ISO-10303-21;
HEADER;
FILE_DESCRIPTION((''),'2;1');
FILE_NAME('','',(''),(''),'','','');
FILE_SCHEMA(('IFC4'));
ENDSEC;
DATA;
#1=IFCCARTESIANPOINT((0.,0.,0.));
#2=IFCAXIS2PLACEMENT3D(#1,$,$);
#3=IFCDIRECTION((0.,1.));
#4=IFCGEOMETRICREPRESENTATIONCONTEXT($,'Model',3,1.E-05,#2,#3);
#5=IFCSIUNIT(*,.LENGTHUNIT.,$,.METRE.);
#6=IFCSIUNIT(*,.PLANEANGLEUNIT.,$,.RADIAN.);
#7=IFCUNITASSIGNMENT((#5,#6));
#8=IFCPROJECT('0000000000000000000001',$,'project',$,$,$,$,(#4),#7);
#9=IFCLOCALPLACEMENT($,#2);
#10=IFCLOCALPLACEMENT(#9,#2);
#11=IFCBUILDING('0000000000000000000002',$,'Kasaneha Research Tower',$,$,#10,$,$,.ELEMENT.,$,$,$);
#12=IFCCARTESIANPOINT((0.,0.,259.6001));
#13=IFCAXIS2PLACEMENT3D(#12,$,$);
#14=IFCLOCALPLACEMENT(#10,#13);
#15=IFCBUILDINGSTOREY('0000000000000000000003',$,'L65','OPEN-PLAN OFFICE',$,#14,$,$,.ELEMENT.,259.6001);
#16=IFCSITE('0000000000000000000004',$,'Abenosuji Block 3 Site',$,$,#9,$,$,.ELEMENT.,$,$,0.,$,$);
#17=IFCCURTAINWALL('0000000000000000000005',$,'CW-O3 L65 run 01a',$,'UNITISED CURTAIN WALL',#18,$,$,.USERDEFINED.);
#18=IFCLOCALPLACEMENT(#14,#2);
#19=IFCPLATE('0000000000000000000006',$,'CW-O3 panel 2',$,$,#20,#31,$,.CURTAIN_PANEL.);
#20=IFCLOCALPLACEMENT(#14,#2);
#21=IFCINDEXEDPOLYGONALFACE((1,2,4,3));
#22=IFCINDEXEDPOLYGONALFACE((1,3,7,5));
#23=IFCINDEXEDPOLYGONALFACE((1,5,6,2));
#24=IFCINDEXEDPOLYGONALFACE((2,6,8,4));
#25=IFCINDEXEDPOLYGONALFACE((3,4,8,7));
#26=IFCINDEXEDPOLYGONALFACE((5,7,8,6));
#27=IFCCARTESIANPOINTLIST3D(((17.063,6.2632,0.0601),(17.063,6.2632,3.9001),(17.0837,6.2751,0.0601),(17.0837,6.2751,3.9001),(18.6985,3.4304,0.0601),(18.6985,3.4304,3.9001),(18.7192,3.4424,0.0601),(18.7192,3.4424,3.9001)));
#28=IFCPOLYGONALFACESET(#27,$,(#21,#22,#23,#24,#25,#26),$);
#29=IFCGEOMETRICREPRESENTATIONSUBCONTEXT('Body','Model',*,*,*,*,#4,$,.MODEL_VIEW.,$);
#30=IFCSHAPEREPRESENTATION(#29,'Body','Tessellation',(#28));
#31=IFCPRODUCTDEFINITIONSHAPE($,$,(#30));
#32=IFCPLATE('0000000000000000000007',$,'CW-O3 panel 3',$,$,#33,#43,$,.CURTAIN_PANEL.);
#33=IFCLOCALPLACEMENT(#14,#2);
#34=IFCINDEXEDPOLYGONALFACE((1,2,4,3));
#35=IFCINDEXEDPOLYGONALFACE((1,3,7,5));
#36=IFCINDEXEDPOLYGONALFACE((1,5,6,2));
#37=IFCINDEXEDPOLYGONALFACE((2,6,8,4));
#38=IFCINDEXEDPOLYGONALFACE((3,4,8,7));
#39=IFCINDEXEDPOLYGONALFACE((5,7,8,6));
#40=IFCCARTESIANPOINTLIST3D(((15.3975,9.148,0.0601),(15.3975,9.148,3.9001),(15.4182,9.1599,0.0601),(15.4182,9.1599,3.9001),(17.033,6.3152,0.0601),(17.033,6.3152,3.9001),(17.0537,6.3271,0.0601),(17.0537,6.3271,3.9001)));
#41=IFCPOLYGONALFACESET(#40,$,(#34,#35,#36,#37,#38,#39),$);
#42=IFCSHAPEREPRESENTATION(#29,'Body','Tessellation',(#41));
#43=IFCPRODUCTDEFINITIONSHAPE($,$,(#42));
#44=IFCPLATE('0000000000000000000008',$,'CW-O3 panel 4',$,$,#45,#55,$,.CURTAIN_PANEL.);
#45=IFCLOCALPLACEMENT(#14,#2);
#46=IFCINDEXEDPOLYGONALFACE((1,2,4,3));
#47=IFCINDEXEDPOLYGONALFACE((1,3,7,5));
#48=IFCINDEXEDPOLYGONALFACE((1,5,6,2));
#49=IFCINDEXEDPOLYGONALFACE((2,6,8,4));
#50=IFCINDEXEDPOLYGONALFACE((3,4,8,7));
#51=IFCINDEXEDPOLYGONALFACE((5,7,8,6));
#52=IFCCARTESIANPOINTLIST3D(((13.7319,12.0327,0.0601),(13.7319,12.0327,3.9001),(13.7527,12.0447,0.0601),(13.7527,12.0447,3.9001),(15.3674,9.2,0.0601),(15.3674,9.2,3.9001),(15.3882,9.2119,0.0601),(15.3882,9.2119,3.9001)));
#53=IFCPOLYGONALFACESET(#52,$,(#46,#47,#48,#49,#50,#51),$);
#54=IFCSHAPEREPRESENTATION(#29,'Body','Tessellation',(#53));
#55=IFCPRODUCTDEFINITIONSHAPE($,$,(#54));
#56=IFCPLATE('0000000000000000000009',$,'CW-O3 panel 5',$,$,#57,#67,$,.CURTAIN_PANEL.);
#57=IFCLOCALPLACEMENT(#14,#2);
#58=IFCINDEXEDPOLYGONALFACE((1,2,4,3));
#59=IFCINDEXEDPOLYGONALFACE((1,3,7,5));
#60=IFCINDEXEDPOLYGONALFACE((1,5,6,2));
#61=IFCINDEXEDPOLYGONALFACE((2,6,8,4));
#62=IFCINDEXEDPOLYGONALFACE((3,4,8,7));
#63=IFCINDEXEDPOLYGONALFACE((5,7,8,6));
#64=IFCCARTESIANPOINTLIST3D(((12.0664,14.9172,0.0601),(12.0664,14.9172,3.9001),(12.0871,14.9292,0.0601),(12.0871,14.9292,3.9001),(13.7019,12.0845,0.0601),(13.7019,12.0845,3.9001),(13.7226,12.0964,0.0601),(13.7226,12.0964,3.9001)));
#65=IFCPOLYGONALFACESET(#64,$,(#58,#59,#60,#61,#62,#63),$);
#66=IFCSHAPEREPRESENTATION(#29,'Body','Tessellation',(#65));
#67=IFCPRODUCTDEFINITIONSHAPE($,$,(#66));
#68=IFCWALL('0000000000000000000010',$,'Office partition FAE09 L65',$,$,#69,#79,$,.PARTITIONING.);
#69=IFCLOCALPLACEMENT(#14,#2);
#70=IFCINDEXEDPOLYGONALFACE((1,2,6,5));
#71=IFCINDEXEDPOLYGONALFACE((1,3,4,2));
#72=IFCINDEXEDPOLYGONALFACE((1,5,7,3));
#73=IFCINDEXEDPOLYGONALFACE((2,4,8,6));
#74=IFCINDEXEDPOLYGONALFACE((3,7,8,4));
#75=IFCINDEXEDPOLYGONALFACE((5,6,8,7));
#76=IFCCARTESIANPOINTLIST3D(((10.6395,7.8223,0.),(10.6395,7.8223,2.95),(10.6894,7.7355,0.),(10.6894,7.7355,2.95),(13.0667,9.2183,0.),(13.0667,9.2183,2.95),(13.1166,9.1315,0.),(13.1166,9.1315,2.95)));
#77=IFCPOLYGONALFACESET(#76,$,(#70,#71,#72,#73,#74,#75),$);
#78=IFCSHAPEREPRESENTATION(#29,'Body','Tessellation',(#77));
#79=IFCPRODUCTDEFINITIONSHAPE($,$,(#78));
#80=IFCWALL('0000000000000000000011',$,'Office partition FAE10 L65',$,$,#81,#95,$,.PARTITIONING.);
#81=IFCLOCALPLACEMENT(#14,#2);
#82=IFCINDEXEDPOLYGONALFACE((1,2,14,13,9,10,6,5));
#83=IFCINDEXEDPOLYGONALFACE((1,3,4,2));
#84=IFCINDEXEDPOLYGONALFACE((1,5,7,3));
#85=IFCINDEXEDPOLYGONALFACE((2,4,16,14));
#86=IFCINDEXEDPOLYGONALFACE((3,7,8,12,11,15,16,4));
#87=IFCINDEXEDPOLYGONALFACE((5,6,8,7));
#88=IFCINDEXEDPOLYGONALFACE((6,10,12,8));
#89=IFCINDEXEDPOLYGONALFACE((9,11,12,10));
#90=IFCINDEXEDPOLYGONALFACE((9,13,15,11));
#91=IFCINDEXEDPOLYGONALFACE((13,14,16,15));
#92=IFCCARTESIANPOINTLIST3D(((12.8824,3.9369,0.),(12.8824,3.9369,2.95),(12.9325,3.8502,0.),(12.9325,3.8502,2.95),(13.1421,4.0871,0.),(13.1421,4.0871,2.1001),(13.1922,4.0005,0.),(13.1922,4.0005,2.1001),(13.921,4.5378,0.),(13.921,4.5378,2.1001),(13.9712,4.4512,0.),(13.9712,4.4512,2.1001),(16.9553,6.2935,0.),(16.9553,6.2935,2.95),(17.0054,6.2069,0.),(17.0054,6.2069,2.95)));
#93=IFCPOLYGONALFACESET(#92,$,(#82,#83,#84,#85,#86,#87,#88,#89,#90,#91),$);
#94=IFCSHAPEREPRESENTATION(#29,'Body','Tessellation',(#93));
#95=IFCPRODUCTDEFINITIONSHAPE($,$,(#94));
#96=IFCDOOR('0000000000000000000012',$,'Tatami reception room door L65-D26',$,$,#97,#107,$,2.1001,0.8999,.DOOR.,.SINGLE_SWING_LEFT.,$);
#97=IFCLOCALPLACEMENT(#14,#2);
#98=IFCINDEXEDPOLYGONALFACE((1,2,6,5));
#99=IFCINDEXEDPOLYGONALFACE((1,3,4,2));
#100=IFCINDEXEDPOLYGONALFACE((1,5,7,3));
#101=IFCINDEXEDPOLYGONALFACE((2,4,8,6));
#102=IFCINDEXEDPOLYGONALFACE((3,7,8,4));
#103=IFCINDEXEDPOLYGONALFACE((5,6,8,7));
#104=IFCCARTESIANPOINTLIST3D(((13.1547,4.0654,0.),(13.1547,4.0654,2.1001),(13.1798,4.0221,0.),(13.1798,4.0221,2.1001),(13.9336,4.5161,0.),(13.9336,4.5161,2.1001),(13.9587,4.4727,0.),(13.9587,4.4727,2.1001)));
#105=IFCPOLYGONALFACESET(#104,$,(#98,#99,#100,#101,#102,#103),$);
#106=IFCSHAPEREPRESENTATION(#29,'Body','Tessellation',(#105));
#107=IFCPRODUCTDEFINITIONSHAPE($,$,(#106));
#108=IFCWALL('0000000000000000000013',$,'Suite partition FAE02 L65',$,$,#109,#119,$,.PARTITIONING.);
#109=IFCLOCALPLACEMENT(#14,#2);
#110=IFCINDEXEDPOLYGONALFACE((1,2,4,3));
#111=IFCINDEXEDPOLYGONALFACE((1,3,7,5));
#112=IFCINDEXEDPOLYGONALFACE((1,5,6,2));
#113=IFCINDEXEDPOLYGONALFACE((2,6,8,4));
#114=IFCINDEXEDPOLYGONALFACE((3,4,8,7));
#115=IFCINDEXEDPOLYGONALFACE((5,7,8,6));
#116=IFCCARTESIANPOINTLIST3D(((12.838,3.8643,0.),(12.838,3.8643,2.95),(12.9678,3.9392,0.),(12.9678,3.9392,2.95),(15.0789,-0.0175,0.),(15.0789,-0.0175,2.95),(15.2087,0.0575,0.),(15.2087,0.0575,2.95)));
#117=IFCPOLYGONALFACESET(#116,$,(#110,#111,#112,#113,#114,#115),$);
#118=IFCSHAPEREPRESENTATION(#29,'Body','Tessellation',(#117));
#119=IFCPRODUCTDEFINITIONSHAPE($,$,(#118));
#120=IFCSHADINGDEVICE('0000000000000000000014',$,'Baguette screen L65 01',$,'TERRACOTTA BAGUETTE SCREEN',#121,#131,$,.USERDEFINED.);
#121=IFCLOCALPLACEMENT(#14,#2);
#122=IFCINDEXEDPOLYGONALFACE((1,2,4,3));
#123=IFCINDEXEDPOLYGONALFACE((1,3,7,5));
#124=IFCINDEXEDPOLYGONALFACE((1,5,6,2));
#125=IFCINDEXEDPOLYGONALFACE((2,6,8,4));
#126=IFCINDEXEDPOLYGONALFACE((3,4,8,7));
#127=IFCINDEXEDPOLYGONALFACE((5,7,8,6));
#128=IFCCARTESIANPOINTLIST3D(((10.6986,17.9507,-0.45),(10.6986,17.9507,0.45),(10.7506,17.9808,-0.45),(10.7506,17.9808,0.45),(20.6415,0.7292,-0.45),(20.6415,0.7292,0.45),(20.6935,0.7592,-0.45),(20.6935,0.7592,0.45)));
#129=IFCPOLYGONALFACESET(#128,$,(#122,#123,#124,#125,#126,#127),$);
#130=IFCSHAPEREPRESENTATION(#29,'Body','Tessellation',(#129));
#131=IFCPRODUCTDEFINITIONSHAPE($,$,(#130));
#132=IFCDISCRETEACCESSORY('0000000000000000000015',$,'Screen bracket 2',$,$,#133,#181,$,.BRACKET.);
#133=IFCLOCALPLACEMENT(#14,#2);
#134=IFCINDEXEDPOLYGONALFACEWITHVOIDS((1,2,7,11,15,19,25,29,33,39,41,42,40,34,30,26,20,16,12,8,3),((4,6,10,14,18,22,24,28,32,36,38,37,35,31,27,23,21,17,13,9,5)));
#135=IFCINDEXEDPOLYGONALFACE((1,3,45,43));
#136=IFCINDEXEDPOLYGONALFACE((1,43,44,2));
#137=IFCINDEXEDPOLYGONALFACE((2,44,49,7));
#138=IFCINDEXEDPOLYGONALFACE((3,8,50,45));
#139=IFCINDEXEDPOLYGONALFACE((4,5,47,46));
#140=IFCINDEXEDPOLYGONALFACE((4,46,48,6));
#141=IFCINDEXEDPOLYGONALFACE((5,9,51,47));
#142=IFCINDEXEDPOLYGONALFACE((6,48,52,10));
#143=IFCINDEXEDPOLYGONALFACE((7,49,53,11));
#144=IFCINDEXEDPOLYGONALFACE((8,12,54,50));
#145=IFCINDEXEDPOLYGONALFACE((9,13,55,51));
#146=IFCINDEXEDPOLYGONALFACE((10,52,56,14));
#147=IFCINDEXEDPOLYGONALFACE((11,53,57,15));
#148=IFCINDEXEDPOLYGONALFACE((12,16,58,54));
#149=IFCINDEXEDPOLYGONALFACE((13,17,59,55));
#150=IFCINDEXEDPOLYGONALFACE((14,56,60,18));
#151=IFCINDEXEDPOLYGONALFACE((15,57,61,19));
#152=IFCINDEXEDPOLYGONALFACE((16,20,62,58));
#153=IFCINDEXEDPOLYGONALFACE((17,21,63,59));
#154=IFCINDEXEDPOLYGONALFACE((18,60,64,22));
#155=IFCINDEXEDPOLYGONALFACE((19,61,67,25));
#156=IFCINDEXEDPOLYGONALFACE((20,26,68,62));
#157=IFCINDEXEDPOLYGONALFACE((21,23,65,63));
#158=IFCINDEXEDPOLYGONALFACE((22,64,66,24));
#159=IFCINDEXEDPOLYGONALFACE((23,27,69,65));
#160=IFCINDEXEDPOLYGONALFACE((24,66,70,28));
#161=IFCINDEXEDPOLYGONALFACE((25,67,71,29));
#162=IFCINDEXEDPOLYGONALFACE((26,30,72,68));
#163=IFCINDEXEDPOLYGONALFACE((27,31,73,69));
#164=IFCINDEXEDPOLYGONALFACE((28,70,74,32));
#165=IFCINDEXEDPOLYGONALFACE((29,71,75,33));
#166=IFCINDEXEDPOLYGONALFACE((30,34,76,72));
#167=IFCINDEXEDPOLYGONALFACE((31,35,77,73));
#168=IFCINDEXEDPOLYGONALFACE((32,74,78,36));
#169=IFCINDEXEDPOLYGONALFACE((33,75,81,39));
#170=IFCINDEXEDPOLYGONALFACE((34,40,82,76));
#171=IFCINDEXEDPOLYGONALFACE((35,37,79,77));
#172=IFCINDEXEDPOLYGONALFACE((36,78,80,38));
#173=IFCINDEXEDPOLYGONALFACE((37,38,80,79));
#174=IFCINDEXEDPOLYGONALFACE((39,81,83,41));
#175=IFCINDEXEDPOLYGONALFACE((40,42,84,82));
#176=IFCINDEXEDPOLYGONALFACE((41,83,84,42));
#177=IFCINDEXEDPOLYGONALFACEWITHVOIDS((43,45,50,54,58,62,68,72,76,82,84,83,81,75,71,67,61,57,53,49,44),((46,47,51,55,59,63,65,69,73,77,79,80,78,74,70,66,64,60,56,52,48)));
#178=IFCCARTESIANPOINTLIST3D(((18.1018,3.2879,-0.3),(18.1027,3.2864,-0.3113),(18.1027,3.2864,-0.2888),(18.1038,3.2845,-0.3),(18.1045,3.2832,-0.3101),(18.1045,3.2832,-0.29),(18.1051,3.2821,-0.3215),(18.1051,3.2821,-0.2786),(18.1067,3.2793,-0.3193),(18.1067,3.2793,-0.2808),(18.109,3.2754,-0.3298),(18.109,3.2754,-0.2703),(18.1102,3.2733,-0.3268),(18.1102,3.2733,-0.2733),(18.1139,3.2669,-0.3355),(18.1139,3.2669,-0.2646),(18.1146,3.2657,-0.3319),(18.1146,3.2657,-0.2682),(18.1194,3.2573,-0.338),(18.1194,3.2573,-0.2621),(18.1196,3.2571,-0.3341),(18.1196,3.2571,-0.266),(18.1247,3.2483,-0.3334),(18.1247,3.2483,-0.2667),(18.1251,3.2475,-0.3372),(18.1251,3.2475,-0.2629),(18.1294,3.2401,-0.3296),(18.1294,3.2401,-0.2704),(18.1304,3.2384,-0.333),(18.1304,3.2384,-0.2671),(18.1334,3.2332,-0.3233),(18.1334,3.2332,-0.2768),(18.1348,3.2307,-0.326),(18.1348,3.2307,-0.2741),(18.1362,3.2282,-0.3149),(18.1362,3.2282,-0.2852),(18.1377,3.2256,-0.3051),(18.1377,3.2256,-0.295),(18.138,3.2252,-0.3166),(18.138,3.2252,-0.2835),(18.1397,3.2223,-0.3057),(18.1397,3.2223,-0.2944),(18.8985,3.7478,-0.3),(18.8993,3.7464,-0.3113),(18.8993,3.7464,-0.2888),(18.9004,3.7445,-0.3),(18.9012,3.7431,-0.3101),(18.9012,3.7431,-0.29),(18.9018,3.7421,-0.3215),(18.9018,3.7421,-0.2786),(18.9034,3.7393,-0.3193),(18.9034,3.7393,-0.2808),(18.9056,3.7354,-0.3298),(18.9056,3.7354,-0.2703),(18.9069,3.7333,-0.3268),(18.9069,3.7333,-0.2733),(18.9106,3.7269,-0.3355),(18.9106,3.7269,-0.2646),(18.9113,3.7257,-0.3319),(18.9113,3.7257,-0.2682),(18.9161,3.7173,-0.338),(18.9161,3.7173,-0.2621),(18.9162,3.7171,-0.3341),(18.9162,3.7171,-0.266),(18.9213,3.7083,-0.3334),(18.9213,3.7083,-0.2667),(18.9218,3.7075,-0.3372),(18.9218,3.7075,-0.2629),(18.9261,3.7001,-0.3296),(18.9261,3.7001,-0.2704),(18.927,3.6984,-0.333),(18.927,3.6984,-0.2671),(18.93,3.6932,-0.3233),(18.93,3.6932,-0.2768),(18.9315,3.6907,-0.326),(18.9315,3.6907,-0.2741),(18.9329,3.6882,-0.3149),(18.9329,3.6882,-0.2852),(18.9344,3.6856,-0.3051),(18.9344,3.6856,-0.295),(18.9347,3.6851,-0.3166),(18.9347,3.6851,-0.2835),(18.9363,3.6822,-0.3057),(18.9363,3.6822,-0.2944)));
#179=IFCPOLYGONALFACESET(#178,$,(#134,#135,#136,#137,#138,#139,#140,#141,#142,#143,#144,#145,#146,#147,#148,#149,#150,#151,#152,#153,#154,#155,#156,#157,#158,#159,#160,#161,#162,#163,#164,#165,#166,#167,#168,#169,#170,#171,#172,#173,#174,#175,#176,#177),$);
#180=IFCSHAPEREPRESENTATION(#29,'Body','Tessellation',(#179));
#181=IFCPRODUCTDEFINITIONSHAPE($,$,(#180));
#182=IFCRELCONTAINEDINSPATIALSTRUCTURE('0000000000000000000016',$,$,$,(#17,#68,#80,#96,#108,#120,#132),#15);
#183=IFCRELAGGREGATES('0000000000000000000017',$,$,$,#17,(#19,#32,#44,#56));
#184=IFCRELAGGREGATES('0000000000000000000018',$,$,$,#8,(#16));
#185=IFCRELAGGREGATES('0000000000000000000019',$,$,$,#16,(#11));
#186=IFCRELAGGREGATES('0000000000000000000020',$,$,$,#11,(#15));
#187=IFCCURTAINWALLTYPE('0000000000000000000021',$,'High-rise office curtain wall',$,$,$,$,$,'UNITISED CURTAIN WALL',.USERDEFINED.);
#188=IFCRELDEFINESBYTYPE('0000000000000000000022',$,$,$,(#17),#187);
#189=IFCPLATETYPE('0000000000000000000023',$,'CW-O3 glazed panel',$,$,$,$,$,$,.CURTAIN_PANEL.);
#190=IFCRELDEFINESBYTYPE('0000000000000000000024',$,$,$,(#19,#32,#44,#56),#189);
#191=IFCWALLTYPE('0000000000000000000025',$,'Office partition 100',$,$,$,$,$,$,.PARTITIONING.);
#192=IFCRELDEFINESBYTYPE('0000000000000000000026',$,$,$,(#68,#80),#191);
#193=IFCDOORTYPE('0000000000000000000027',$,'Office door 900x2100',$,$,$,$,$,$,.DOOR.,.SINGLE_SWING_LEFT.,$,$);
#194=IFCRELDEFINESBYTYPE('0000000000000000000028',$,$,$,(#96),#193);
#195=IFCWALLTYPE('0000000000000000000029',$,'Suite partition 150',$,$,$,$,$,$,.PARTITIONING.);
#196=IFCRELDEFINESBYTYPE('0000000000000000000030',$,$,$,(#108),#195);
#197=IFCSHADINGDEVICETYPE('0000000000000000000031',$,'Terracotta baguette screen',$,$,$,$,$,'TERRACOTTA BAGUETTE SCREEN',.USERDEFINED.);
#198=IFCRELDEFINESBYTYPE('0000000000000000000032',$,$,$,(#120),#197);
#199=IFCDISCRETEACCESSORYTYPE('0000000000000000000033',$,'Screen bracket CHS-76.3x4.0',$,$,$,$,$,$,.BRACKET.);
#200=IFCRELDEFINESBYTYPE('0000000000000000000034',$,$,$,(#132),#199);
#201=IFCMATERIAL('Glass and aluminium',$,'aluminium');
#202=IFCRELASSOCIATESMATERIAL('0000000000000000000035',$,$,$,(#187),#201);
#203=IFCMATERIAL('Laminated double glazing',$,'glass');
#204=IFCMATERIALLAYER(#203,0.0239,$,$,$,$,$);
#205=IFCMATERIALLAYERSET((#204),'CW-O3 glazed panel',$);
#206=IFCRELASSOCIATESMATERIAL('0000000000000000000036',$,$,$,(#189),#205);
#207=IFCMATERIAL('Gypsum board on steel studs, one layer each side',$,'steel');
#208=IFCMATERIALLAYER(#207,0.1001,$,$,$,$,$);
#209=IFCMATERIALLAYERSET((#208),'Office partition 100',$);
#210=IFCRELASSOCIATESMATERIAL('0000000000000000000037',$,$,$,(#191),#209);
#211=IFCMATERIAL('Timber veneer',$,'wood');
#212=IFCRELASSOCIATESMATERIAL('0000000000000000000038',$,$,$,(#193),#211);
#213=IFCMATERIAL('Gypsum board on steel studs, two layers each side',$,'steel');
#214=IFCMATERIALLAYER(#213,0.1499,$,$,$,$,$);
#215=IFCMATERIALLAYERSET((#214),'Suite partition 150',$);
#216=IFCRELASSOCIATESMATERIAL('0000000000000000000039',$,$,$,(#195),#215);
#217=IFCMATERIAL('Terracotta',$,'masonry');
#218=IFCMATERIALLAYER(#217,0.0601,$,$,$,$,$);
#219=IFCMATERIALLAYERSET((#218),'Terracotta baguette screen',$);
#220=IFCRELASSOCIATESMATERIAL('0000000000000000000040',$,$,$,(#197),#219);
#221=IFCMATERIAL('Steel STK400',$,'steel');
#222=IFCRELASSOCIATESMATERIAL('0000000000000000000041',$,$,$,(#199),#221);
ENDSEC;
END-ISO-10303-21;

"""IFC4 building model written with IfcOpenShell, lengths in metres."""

from ifc_helpers import new_model, si_unit, direction, frame, frame_2d, origin, origin_2d, place, context, subcontext, project, spatial, rectangle, hollow_circle, extrude, material, layer, layer_set, material_profile, profile_set, type_object, element, fill, aggregate, save


model = new_model("IFC4")

# Units and contexts
model_context = context("Model", 3, precision=1e-05, world=origin(), true_north=direction((0.0, 1.0)))
body_context = subcontext(model_context, "Body", "Model", "MODEL_VIEW")
ifc_project = project(units=[si_unit("LENGTHUNIT", "METRE"), si_unit("PLANEANGLEUNIT", "RADIAN")], contexts=[model_context])

# Site, building, storey
site_placement = place(None, origin())
site = spatial("IfcSite", under=ifc_project, at=site_placement, Name="Abenosuji Block 3 Site", CompositionType="ELEMENT", RefElevation=0.0)
building_placement = place(site_placement, origin())
building = spatial("IfcBuilding", under=site, at=building_placement, Name="Kasaneha Research Tower", CompositionType="ELEMENT")
storey_placement = place(building_placement, frame((0.0, 0.0, 259.6001)))
storey = spatial("IfcBuildingStorey", under=building, at=storey_placement, Name="L65", Description="OPEN-PLAN OFFICE", CompositionType="ELEMENT", Elevation=259.6001)

# Curtain wall, plates
ifc_material_1 = material(Name="Glass and aluminium", Category="aluminium")
curtain_wall_type = type_object("IfcCurtainWallType", Name="High-rise office curtain wall", ElementType="UNITISED CURTAIN WALL", PredefinedType="USERDEFINED", material=ifc_material_1)
curtain_wall_placement = place(storey_placement, origin())
curtain_wall = element("IfcCurtainWall", 1, at=curtain_wall_placement, inside=storey, type_object=curtain_wall_type, Name="CW-O3 L65 run 01a", ObjectType="UNITISED CURTAIN WALL", PredefinedType="USERDEFINED")
ifc_material_2 = material(Name="Laminated double glazing", Category="glass")
ifc_layer_1 = layer(ifc_material_2, 0.0239)
ifc_layer_set_1 = layer_set([ifc_layer_1], Name="CW-O3 glazed panel")
plate_type = type_object("IfcPlateType", Name="CW-O3 glazed panel", PredefinedType="CURTAIN_PANEL", material=ifc_layer_set_1)
plate_1_placement = place(storey_placement, frame((17.8911, 4.8528, 0.0601), z_axis=(0.0, 0.0, 1.0), x_axis=(-0.5, 0.866025, 0.0)))
plate_1 = element("IfcPlate", 2, at=plate_1_placement, type_object=plate_type, Name="CW-O3 panel 2", PredefinedType="CURTAIN_PANEL", context=body_context, shape_type="SweptSolid", body=[
    extrude(rectangle(XDim=3.271, YDim=0.0239, at=origin_2d()), origin(), (0.0, 0.0, 1.0), 3.8401),
])
plate_2_placement = place(storey_placement, frame((16.2256, 7.7375, 0.0601), z_axis=(0.0, 0.0, 1.0), x_axis=(-0.5, 0.866025, 0.0)))
plate_2 = element("IfcPlate", 3, at=plate_2_placement, type_object=plate_type, Name="CW-O3 panel 3", PredefinedType="CURTAIN_PANEL", context=body_context, shape_type="SweptSolid", body=[
    extrude(rectangle(XDim=3.271, YDim=0.0239, at=origin_2d()), origin(), (0.0, 0.0, 1.0), 3.8401),
])
plate_3_placement = place(storey_placement, frame((14.5601, 10.6223, 0.0601), z_axis=(0.0, 0.0, 1.0), x_axis=(-0.5, 0.866025, 0.0)))
plate_3 = element("IfcPlate", 4, at=plate_3_placement, type_object=plate_type, Name="CW-O3 panel 4", PredefinedType="CURTAIN_PANEL", context=body_context, shape_type="SweptSolid", body=[
    extrude(rectangle(XDim=3.271, YDim=0.0239, at=origin_2d()), origin(), (0.0, 0.0, 1.0), 3.8401),
])
plate_4_placement = place(storey_placement, frame((12.8945, 13.5068, 0.0601), z_axis=(0.0, 0.0, 1.0), x_axis=(-0.5, 0.866025, 0.0)))
plate_4 = element("IfcPlate", 5, at=plate_4_placement, type_object=plate_type, Name="CW-O3 panel 5", PredefinedType="CURTAIN_PANEL", context=body_context, shape_type="SweptSolid", body=[
    extrude(rectangle(XDim=3.271, YDim=0.0239, at=origin_2d()), origin(), (0.0, 0.0, 1.0), 3.8401),
])
aggregate(curtain_wall, [plate_1, plate_2, plate_3, plate_4])

# Wall
ifc_material_3 = material(Name="Gypsum board on steel studs, one layer each side", Category="steel")
ifc_layer_2 = layer(ifc_material_3, 0.1001)
ifc_layer_set_2 = layer_set([ifc_layer_2], Name="Office partition 100")
wall_type_1 = type_object("IfcWallType", Name="Office partition 100", PredefinedType="PARTITIONING", material=ifc_layer_set_2)
wall_1_placement = place(storey_placement, frame((13.0916, 9.1748, 0.0), z_axis=(0.0, 0.0, 1.0), x_axis=(-0.866855, -0.49856, 0.0)))
element("IfcWall", 6, at=wall_1_placement, inside=storey, type_object=wall_type_1, Name="Office partition FAE09 L65", PredefinedType="PARTITIONING", context=body_context, shape_type="SweptSolid", body=[
    extrude(rectangle(XDim=2.8, YDim=0.1001, at=frame_2d((1.3999, 0.0))), origin(), (0.0, 0.0, 1.0), 2.95),
])

# Wall, opening, door
wall_2_placement = place(storey_placement, frame((12.9075, 3.8936, 0.0), z_axis=(0.0, 0.0, 1.0), x_axis=(0.865552, 0.500819, 0.0)))
wall_2 = element("IfcWall", 7, at=wall_2_placement, inside=storey, type_object=wall_type_1, Name="Office partition FAE10 L65", PredefinedType="PARTITIONING", context=body_context, shape_type="SweptSolid", body=[
    extrude(rectangle(XDim=4.7056, YDim=0.1001, at=frame_2d((2.3528, 0.0))), origin(), (0.0, 0.0, 1.0), 2.95),
])
opening_placement = place(wall_2_placement, frame((0.3, 0.0, 0.0)))
opening = element("IfcOpeningElement", 8, at=opening_placement, cuts=wall_2, PredefinedType="OPENING", context=body_context, shape_type="SweptSolid", body=[
    extrude(rectangle(XDim=0.8999, YDim=2.1001, at=frame_2d((0.45, 1.05))), frame((0.0, 0.0601, 0.0), z_axis=(0.0, -1.0, 0.0), x_axis=(1.0, 0.0, 0.0)), (0.0, 0.0, 1.0), 0.1201),
])
ifc_material_4 = material(Name="Timber veneer", Category="wood")
door_type = type_object("IfcDoorType", Name="Office door 900x2100", OperationType="SINGLE_SWING_LEFT", PredefinedType="DOOR", material=ifc_material_4)
door_placement = place(opening_placement, origin())
door = element("IfcDoor", 9, at=door_placement, inside=storey, type_object=door_type, Name="Tatami reception room door L65-D26", OperationType="SINGLE_SWING_LEFT", OverallHeight=2.1001, OverallWidth=0.8999, PredefinedType="DOOR", context=body_context, shape_type="SweptSolid", body=[
    extrude(rectangle(XDim=0.8999, YDim=2.1001, at=frame_2d((0.45, 1.05))), frame((0.0, 0.0249, 0.0), z_axis=(0.0, -1.0, 0.0), x_axis=(1.0, 0.0, 0.0)), (0.0, 0.0, 1.0), 0.05),
])
fill(opening, door)

# Wall
ifc_material_5 = material(Name="Gypsum board on steel studs, two layers each side", Category="steel")
ifc_layer_3 = layer(ifc_material_5, 0.1499)
ifc_layer_set_3 = layer_set([ifc_layer_3], Name="Suite partition 150")
wall_type_2 = type_object("IfcWallType", Name="Suite partition 150", PredefinedType="PARTITIONING", material=ifc_layer_set_3)
wall_3_placement = place(storey_placement, frame((12.9028, 3.9019, 0.0), z_axis=(0.0, 0.0, 1.0), x_axis=(0.499964, -0.866046, 0.0)))
element("IfcWall", 10, at=wall_3_placement, inside=storey, type_object=wall_type_2, Name="Suite partition FAE02 L65", PredefinedType="PARTITIONING", context=body_context, shape_type="SweptSolid", body=[
    extrude(rectangle(XDim=4.4822, YDim=0.1499, at=frame_2d((2.2412, 0.0))), origin(), (0.0, 0.0, 1.0), 2.95),
])

# Shading device
ifc_material_6 = material(Name="Terracotta", Category="masonry")
ifc_layer_4 = layer(ifc_material_6, 0.0601)
ifc_layer_set_4 = layer_set([ifc_layer_4], Name="Terracotta baguette screen")
shading_device_type = type_object("IfcShadingDeviceType", Name="Terracotta baguette screen", ElementType="TERRACOTTA BAGUETTE SCREEN", PredefinedType="USERDEFINED", material=ifc_layer_set_4)
shading_device_placement = place(storey_placement, frame((15.696, 9.355, -0.45), z_axis=(0.0, 0.0, 1.0), x_axis=(-0.5, 0.866025, 0.0)))
element("IfcShadingDevice", 11, at=shading_device_placement, inside=storey, type_object=shading_device_type, Name="Baguette screen L65 01", ObjectType="TERRACOTTA BAGUETTE SCREEN", PredefinedType="USERDEFINED", context=body_context, shape_type="SweptSolid", body=[
    extrude(rectangle(XDim=19.8857, YDim=0.0601, at=origin_2d()), origin(), (0.0, 0.0, 1.0), 0.8999),
])

# Discrete accessory
ifc_material_7 = material(Name="Steel STK400", Category="steel")
ifc_material_profile_1 = material_profile(ifc_material_7, hollow_circle(Radius=0.0381, WallThickness=0.0039, at=origin_2d()), Name="CHS-76.3x4.0")
ifc_profile_set_1 = profile_set([ifc_material_profile_1], Name="Steel STK400")
discrete_accessory_type = type_object("IfcDiscreteAccessoryType", Name="Screen bracket CHS-76.3x4.0", PredefinedType="BRACKET", material=ifc_profile_set_1)
for number, where, z_axis, x_axis, name in (
    (12, (18.1208, 3.2549, -0.3), (0.866013, 0.500021, 0.0), (-0.500021, 0.866013, 0.0), "Screen bracket 2"),
):
    element("IfcDiscreteAccessory", number, at=place(storey_placement, frame(where, z_axis=z_axis, x_axis=x_axis)), inside=storey, type_object=discrete_accessory_type, Name=name, PredefinedType="BRACKET", context=body_context, shape_type="SweptSolid", body=[
        extrude(hollow_circle(Radius=0.0381, WallThickness=0.0039, at=origin_2d()), origin(), (0.0, 0.0, 1.0), 0.9199),
    ])

save(model, "model.ifc")
